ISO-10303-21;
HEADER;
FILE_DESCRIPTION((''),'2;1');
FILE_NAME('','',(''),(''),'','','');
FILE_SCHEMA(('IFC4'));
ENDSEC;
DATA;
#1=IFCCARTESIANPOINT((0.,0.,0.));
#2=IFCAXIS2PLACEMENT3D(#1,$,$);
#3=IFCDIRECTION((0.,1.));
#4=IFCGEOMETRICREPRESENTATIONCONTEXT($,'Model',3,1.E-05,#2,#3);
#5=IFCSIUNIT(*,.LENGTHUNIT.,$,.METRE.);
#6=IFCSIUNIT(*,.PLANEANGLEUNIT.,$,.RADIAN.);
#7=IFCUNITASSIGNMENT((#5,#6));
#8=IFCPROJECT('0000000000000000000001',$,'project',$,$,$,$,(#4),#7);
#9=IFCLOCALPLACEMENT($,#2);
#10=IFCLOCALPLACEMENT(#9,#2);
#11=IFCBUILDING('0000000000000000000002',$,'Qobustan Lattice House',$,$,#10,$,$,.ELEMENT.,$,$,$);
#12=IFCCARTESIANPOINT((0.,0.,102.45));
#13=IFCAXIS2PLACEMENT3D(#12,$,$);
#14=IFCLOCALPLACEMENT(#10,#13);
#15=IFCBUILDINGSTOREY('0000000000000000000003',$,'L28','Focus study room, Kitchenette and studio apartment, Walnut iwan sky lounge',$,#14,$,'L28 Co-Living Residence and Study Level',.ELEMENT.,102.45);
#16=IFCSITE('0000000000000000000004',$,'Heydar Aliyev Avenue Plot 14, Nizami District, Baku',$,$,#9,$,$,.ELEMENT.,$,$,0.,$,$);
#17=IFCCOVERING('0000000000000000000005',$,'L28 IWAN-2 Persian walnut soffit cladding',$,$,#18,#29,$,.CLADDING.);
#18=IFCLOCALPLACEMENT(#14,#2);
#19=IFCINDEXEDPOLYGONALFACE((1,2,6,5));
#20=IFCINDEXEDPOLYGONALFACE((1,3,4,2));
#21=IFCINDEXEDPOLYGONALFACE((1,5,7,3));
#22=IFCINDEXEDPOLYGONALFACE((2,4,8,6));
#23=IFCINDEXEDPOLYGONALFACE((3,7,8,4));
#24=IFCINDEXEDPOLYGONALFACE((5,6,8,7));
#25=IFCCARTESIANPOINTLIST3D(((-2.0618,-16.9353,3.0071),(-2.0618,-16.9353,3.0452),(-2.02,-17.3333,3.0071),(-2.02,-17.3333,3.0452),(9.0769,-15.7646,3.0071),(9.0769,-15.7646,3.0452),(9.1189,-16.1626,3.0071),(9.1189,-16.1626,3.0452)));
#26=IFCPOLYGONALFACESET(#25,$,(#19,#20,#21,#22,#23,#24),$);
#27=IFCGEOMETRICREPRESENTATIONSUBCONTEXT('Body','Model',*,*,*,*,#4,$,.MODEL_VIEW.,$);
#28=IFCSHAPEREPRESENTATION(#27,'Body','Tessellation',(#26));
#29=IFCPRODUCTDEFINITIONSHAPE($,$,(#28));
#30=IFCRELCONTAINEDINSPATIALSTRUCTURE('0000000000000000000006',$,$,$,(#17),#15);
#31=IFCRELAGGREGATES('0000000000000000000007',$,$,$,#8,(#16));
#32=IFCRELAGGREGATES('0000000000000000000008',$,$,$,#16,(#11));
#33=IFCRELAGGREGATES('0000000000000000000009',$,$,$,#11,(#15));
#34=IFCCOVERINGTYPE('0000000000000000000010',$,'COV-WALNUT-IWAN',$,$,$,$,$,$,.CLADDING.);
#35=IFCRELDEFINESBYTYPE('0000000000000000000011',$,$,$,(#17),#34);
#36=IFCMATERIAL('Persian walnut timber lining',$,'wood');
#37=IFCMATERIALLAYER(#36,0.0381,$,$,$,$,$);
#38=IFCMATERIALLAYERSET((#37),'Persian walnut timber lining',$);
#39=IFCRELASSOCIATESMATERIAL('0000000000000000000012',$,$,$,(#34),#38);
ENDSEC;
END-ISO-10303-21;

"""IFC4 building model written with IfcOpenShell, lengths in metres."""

from ifc_helpers import new_model, si_unit, direction, frame, origin, place, context, subcontext, project, spatial, polyline, outline, extrude, material, layer, layer_set, type_object, element, save


model = new_model("IFC4")

# Units and contexts
model_context = context("Model", 3, precision=1e-05, world=origin(), true_north=direction((0.0, 1.0)))
body_context = subcontext(model_context, "Body", "Model", "MODEL_VIEW")
ifc_project = project(units=[si_unit("LENGTHUNIT", "METRE"), si_unit("PLANEANGLEUNIT", "RADIAN")], contexts=[model_context])

# Site, building, storey
site_placement = place(None, origin())
site = spatial("IfcSite", under=ifc_project, at=site_placement, Name="Heydar Aliyev Avenue Plot 14, Nizami District, Baku", CompositionType="ELEMENT", RefElevation=0.0)
building_placement = place(site_placement, origin())
building = spatial("IfcBuilding", under=site, at=building_placement, Name="Qobustan Lattice House", CompositionType="ELEMENT")
storey_placement = place(building_placement, frame((0.0, 0.0, 102.45)))
storey = spatial("IfcBuildingStorey", under=building, at=storey_placement, Name="L28", Description="Focus study room, Kitchenette and studio apartment, Walnut iwan sky lounge", LongName="L28 Co-Living Residence and Study Level", CompositionType="ELEMENT", Elevation=102.45)

# Covering
ifc_material_1 = material(Name="Persian walnut timber lining", Category="wood")
ifc_layer_1 = layer(ifc_material_1, 0.0381)
ifc_layer_set_1 = layer_set([ifc_layer_1], Name="Persian walnut timber lining")
covering_type = type_object("IfcCoveringType", Name="COV-WALNUT-IWAN", PredefinedType="CLADDING", material=ifc_layer_set_1)
covering_placement = place(storey_placement, frame((0.0, 0.0, 3.0071)))
element("IfcCovering", 1, at=covering_placement, inside=storey, type_object=covering_type, Name="L28 IWAN-2 Persian walnut soffit cladding", PredefinedType="CLADDING", context=body_context, shape_type="SweptSolid", body=[
    extrude(outline(polyline([(9.1189, -16.1626), (-2.02, -17.3333), (-2.0618, -16.9353), (9.0769, -15.7646), (9.1189, -16.1626)])), origin(), (0.0, 0.0, 1.0), 0.0381),
])

save(model, "model.ifc")
